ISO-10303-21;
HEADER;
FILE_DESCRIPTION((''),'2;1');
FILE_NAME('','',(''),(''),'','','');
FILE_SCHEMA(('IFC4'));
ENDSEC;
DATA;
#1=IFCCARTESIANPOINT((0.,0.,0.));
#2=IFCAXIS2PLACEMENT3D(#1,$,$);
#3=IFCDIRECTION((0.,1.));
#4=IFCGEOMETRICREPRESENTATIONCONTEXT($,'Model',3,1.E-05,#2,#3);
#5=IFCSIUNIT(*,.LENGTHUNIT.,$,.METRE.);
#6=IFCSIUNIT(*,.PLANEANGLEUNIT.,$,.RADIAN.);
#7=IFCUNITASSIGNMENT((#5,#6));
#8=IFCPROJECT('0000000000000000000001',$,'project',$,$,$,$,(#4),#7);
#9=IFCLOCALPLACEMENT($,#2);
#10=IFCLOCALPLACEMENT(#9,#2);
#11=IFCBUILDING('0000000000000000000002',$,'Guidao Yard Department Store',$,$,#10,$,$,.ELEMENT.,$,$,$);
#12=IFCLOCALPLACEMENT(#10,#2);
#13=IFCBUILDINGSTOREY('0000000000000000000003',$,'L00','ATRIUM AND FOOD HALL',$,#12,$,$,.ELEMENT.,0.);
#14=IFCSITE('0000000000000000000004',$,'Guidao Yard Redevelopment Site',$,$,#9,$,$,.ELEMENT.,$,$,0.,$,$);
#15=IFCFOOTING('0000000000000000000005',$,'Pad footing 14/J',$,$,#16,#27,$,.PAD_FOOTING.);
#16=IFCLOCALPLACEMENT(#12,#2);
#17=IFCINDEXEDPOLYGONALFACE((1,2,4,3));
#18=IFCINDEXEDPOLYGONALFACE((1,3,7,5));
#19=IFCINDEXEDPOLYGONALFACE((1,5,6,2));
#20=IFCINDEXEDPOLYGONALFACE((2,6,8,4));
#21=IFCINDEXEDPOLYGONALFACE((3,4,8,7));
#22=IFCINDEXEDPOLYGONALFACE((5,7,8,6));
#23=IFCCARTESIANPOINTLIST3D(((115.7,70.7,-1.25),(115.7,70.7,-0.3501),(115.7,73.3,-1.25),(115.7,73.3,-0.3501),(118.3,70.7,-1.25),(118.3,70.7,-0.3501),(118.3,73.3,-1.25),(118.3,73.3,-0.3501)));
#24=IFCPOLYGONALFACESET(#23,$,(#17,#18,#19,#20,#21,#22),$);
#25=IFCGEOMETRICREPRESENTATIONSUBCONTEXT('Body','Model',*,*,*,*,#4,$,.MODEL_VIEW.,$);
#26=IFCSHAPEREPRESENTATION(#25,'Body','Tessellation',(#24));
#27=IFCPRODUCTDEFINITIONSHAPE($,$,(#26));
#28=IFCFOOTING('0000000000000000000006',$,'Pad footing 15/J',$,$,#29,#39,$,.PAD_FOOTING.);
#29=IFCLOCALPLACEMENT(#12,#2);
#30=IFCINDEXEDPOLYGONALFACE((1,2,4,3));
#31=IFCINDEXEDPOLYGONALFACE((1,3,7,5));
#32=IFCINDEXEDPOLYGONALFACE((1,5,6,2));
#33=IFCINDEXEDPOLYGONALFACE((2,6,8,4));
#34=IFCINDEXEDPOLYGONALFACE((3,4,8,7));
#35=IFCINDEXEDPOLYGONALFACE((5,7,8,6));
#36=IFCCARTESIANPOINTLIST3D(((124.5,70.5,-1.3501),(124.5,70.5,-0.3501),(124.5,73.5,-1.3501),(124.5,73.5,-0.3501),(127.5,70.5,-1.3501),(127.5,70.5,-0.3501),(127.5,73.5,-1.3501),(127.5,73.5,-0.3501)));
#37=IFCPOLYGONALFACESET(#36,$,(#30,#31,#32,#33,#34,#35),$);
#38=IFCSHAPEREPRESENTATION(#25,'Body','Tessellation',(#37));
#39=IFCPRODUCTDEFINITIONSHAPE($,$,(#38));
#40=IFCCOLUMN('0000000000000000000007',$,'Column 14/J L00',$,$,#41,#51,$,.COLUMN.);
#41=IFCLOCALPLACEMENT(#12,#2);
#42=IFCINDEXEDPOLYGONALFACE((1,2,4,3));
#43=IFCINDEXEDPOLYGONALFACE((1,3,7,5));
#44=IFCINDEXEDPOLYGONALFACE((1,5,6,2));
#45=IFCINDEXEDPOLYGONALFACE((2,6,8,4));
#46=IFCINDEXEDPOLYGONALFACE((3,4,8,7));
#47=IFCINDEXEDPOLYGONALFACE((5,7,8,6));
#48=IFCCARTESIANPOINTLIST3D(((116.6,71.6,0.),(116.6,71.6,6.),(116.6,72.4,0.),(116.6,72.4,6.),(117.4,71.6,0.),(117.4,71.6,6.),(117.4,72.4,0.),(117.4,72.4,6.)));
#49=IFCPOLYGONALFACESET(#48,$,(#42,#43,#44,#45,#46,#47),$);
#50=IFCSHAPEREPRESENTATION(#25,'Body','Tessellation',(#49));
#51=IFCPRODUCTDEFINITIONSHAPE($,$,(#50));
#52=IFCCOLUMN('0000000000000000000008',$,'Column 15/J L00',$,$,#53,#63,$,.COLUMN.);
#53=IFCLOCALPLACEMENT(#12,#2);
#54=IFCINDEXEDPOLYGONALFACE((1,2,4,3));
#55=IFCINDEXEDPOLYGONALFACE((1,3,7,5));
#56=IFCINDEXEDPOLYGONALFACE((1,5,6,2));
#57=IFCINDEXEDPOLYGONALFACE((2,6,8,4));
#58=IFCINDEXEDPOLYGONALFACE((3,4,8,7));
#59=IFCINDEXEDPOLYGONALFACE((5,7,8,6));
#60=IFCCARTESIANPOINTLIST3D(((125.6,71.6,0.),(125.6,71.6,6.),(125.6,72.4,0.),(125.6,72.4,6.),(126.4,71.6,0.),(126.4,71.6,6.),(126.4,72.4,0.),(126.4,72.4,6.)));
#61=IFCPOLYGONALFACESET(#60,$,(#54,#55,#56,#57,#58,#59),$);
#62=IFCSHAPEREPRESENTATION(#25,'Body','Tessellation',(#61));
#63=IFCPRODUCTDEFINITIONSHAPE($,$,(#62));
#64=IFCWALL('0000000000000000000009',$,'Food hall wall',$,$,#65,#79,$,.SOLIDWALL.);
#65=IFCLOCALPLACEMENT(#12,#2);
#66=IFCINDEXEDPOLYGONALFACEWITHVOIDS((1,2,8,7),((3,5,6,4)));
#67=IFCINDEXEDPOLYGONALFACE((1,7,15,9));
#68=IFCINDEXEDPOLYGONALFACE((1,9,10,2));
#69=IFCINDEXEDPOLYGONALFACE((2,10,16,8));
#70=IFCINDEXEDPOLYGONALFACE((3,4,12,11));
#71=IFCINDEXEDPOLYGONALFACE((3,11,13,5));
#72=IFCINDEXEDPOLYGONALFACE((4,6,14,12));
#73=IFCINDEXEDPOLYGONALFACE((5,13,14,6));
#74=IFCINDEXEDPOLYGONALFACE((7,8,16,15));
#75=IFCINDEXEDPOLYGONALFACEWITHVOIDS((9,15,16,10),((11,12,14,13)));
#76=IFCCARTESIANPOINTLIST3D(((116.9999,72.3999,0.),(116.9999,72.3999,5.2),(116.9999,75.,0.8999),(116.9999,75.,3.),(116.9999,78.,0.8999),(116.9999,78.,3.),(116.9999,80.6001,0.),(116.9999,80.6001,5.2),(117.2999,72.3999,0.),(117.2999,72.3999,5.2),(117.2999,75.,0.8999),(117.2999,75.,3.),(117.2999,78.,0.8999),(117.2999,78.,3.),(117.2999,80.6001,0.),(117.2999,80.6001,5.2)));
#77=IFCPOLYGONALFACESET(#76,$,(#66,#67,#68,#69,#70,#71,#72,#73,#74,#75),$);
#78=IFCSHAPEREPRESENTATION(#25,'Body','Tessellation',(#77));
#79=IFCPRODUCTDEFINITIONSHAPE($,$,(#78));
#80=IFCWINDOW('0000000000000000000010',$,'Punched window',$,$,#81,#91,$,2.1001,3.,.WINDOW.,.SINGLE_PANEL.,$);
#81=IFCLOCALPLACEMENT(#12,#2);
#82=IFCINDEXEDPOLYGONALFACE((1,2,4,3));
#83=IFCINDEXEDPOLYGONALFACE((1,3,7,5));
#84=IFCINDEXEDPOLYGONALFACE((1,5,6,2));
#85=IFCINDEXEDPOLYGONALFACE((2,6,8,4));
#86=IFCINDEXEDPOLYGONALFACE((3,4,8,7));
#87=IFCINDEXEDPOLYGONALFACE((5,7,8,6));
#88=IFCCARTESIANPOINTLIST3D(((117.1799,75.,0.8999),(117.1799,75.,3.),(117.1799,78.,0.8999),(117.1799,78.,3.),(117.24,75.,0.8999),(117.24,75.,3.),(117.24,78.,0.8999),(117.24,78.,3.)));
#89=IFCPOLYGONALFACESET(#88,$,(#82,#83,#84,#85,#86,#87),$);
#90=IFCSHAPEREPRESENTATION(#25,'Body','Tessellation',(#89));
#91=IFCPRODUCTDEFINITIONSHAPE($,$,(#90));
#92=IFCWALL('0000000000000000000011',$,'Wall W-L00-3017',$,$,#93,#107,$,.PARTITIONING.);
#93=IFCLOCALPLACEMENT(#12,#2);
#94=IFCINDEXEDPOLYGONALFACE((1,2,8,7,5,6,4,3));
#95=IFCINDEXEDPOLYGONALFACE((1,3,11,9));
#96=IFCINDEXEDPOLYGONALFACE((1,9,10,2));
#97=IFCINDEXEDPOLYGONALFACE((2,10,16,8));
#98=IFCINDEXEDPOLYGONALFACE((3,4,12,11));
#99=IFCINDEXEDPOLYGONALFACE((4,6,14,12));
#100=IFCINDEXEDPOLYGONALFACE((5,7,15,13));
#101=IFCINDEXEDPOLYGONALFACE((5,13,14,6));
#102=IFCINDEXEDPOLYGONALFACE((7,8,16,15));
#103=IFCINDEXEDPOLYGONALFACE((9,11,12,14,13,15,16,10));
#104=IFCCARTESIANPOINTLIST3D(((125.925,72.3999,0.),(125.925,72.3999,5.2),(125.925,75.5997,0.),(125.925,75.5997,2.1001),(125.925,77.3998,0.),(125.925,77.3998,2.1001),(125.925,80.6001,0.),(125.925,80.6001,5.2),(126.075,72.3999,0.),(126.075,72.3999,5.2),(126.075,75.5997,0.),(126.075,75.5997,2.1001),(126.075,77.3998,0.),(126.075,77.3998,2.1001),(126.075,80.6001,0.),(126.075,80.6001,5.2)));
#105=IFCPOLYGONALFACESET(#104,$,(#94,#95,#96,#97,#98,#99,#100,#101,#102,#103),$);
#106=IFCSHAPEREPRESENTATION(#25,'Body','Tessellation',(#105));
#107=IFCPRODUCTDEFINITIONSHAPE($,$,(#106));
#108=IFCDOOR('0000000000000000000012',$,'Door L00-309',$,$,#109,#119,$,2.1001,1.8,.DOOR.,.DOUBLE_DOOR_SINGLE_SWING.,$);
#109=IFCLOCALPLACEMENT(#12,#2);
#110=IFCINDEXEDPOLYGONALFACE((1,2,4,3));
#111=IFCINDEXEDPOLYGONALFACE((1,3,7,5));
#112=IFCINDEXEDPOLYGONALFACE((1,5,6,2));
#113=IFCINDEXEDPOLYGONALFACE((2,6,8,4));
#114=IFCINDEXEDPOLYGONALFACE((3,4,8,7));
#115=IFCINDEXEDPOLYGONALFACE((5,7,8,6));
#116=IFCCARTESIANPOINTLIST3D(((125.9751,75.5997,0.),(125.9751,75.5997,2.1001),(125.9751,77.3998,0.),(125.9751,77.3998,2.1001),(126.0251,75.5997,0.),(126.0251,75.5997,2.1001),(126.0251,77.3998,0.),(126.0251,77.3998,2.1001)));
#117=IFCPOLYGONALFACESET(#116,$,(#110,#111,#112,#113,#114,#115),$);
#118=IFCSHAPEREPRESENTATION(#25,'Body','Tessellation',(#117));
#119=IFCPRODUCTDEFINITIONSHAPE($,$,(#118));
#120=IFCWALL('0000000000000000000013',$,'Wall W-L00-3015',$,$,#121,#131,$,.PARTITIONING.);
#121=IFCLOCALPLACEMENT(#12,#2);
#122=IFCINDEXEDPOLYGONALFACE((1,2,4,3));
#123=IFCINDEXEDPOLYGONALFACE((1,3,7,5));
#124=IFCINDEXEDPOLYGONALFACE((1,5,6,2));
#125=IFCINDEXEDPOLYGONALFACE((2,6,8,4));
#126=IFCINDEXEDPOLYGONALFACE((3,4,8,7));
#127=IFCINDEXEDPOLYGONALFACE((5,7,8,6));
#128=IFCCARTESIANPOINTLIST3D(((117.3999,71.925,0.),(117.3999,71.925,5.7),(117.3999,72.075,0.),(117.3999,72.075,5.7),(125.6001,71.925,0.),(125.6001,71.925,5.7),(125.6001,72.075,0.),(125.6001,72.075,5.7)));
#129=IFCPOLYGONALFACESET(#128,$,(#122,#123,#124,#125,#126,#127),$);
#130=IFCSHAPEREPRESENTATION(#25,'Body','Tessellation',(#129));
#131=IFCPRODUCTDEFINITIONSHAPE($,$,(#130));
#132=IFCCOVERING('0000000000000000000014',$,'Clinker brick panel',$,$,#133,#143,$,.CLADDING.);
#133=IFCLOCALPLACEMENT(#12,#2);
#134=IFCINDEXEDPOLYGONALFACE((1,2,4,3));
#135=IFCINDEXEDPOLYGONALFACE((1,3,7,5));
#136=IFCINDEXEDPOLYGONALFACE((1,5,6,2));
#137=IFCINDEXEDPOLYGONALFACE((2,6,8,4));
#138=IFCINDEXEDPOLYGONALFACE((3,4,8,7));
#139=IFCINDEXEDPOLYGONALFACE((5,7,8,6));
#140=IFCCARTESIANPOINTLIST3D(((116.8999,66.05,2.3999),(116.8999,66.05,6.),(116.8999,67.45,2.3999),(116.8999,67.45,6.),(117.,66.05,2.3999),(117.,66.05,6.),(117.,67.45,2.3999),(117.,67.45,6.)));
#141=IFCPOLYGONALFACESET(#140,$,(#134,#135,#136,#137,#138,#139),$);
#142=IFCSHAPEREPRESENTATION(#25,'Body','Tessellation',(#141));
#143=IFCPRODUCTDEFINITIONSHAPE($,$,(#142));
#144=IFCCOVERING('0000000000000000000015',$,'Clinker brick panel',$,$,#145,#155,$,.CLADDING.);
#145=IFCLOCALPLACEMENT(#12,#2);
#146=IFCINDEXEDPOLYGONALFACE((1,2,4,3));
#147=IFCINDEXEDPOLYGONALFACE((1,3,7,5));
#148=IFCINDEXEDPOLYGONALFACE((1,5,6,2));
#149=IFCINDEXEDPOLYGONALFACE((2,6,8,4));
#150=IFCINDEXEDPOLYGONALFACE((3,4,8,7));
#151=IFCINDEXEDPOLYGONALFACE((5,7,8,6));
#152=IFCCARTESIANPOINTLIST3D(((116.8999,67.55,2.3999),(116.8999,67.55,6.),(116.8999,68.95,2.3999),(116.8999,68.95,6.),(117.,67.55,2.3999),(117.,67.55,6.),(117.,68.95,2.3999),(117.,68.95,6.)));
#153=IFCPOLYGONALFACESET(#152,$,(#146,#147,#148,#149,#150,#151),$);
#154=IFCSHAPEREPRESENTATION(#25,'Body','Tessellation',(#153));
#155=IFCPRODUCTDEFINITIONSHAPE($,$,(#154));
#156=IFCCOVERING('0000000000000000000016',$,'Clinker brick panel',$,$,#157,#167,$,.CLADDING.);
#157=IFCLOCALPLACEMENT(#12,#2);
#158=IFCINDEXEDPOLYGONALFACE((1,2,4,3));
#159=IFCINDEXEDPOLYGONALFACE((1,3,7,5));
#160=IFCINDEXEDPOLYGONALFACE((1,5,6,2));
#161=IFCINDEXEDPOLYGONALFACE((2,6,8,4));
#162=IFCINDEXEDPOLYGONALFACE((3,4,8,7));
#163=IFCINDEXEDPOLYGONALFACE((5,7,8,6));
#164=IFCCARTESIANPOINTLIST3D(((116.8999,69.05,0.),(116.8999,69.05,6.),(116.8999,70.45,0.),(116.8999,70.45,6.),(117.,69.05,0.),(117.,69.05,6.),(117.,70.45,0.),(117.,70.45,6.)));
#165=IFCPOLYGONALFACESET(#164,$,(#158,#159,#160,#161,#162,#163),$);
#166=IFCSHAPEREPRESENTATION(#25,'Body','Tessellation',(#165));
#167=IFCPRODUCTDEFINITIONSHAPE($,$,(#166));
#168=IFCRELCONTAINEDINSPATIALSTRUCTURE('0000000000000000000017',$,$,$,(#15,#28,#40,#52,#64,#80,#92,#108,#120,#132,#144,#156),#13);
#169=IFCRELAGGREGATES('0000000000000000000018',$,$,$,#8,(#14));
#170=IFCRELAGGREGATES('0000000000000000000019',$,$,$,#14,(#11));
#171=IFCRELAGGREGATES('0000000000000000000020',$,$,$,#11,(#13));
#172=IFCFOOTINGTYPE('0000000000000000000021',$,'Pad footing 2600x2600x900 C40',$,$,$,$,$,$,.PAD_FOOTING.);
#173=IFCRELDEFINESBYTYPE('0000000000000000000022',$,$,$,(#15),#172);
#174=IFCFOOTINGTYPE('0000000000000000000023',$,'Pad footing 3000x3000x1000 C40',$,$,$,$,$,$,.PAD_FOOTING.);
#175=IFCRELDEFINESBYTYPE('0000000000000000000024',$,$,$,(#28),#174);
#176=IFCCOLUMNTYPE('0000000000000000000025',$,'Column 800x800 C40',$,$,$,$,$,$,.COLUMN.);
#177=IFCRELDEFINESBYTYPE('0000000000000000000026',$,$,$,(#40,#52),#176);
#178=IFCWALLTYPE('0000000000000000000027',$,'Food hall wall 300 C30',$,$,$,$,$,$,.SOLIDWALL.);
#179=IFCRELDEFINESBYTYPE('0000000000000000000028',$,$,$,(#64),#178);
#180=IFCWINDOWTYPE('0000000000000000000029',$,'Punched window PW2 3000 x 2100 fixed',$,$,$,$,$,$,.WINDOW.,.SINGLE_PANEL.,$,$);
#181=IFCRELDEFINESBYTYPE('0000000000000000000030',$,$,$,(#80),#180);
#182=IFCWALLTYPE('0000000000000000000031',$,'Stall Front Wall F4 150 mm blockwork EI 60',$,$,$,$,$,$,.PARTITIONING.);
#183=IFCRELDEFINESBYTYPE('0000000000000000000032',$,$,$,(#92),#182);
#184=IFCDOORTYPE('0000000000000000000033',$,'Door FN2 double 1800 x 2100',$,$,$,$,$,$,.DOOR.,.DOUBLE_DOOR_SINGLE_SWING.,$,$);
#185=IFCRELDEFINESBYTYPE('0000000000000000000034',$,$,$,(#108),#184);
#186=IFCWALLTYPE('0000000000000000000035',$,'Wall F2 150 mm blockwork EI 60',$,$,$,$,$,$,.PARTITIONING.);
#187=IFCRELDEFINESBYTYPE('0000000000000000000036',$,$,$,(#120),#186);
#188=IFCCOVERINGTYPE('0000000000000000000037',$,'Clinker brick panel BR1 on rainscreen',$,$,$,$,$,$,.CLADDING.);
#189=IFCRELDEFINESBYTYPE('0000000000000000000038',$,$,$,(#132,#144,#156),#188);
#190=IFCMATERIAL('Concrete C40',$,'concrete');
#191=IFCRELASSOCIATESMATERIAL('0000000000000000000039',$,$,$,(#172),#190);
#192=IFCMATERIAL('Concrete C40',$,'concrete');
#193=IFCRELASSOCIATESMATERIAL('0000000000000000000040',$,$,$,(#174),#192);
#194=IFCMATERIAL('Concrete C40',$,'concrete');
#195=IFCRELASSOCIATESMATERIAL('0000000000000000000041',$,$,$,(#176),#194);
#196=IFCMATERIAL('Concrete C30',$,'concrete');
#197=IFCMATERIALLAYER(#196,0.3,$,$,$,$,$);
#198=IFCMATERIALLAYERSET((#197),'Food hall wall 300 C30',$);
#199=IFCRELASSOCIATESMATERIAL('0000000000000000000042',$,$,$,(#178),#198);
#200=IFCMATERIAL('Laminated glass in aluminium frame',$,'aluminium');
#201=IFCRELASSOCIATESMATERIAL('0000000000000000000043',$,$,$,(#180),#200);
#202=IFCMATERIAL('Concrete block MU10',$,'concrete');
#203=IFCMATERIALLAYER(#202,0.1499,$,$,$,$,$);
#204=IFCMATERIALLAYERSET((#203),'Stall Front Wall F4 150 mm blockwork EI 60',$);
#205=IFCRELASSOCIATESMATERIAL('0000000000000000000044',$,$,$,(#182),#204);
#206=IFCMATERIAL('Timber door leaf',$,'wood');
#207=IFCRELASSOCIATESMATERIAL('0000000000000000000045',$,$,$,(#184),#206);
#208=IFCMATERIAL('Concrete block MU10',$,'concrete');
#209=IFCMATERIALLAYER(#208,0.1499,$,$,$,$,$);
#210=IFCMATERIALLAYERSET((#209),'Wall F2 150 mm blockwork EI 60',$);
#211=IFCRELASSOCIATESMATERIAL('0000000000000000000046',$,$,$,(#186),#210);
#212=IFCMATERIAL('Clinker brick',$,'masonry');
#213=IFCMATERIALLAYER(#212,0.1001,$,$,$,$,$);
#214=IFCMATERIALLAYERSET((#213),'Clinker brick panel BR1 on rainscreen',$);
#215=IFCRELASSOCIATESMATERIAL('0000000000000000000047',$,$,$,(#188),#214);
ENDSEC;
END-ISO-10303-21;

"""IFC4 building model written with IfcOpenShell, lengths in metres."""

from ifc_helpers import new_model, si_unit, direction, frame, frame_2d, origin, origin_2d, place, context, subcontext, project, spatial, rectangle, extrude, material, layer, layer_set, material_profile, profile_set, type_object, element, fill, save


model = new_model("IFC4")

# Units and contexts
model_context = context("Model", 3, precision=1e-05, world=origin(), true_north=direction((0.0, 1.0)))
body_context = subcontext(model_context, "Body", "Model", "MODEL_VIEW")
ifc_project = project(units=[si_unit("LENGTHUNIT", "METRE"), si_unit("PLANEANGLEUNIT", "RADIAN")], contexts=[model_context])

# Site, building, storey
site_placement = place(None, origin())
site = spatial("IfcSite", under=ifc_project, at=site_placement, Name="Guidao Yard Redevelopment Site", CompositionType="ELEMENT", RefElevation=0.0)
building_placement = place(site_placement, origin())
building = spatial("IfcBuilding", under=site, at=building_placement, Name="Guidao Yard Department Store", CompositionType="ELEMENT")
storey_placement = place(building_placement, origin())
storey = spatial("IfcBuildingStorey", under=building, at=storey_placement, Name="L00", Description="ATRIUM AND FOOD HALL", CompositionType="ELEMENT", Elevation=0.0)

# Footings
ifc_material_1 = material(Name="Concrete C40", Category="concrete")
footing_type_1 = type_object("IfcFootingType", Name="Pad footing 2600x2600x900 C40", PredefinedType="PAD_FOOTING", material=ifc_material_1)
footing_1_placement = place(storey_placement, frame((117.0, 72.0, -1.25), z_axis=(0.0, 0.0, 1.0), x_axis=(1.0, 0.0, 0.0)))
element("IfcFooting", 1, at=footing_1_placement, inside=storey, type_object=footing_type_1, Name="Pad footing 14/J", PredefinedType="PAD_FOOTING", context=body_context, shape_type="SweptSolid", body=[
    extrude(rectangle(XDim=2.6001, YDim=2.6001, at=origin_2d()), origin(), (0.0, 0.0, 1.0), 0.8999),
])
ifc_material_2 = material(Name="Concrete C40", Category="concrete")
footing_type_2 = type_object("IfcFootingType", Name="Pad footing 3000x3000x1000 C40", PredefinedType="PAD_FOOTING", material=ifc_material_2)
footing_2_placement = place(storey_placement, frame((126.0, 72.0, -1.3501), z_axis=(0.0, 0.0, 1.0), x_axis=(1.0, 0.0, 0.0)))
element("IfcFooting", 2, at=footing_2_placement, inside=storey, type_object=footing_type_2, Name="Pad footing 15/J", PredefinedType="PAD_FOOTING", context=body_context, shape_type="SweptSolid", body=[
    extrude(rectangle(XDim=3.0, YDim=3.0, at=origin_2d()), origin(), (0.0, 0.0, 1.0), 1.0),
])

# Columns
ifc_material_3 = material(Name="Concrete C40", Category="concrete")
ifc_material_profile = material_profile(ifc_material_3, rectangle(XDim=0.8, YDim=0.8, at=origin_2d()), Name="COL 800x800")
ifc_profile_set = profile_set([ifc_material_profile], Name="Concrete C40")
column_type = type_object("IfcColumnType", Name="Column 800x800 C40", PredefinedType="COLUMN", material=ifc_profile_set)
for number, where, z_axis, x_axis, name in (
    (3, (117.0, 72.0, 0.0), (0.0, 0.0, 1.0), (1.0, 0.0, 0.0), "Column 14/J L00"),
    (4, (126.0, 72.0, 0.0), (0.0, 0.0, 1.0), (1.0, 0.0, 0.0), "Column 15/J L00"),
):
    element("IfcColumn", number, at=place(storey_placement, frame(where, z_axis=z_axis, x_axis=x_axis)), inside=storey, type_object=column_type, Name=name, PredefinedType="COLUMN", context=body_context, shape_type="SweptSolid", body=[
        extrude(rectangle(XDim=0.8, YDim=0.8, at=origin_2d()), origin(), (0.0, 0.0, 1.0), 6.0),
    ])

# Wall, opening, window
ifc_material_4 = material(Name="Concrete C30", Category="concrete")
ifc_layer_1 = layer(ifc_material_4, 0.3)
ifc_layer_set_1 = layer_set([ifc_layer_1], Name="Food hall wall 300 C30")
wall_type_1 = type_object("IfcWallType", Name="Food hall wall 300 C30", PredefinedType="SOLIDWALL", material=ifc_layer_set_1)
wall_1_placement = place(storey_placement, frame((117.1499, 72.3999, 0.0), z_axis=(0.0, 0.0, 1.0), x_axis=(0.0, 1.0, 0.0)))
wall_1 = element("IfcWall", 5, at=wall_1_placement, inside=storey, type_object=wall_type_1, Name="Food hall wall", PredefinedType="SOLIDWALL", context=body_context, shape_type="SweptSolid", body=[
    extrude(rectangle(XDim=8.2002, YDim=0.3, at=frame_2d((4.1001, 0.0))), origin(), (0.0, 0.0, 1.0), 5.2),
])
opening_1_placement = place(wall_1_placement, frame((2.6001, 0.0, 0.8999)))
opening_1 = element("IfcOpeningElement", 6, at=opening_1_placement, cuts=wall_1, PredefinedType="OPENING", context=body_context, shape_type="SweptSolid", body=[
    extrude(rectangle(XDim=3.0, YDim=2.1001, at=frame_2d((1.5, 1.05))), frame((0.0, 0.1599, 0.0), z_axis=(0.0, -1.0, 0.0), x_axis=(1.0, 0.0, 0.0)), (0.0, 0.0, 1.0), 0.3201),
])
ifc_material_5 = material(Name="Laminated glass in aluminium frame", Category="aluminium")
window_type = type_object("IfcWindowType", Name="Punched window PW2 3000 x 2100 fixed", PartitioningType="SINGLE_PANEL", PredefinedType="WINDOW", material=ifc_material_5)
window_placement = place(opening_1_placement, origin())
window = element("IfcWindow", 7, at=window_placement, inside=storey, type_object=window_type, Name="Punched window", OverallHeight=2.1001, OverallWidth=3.0, PartitioningType="SINGLE_PANEL", PredefinedType="WINDOW", context=body_context, shape_type="SweptSolid", body=[
    extrude(rectangle(XDim=3.0, YDim=2.1001, at=frame_2d((1.5, 1.05))), frame((0.0, -0.03, 0.0), z_axis=(0.0, -1.0, 0.0), x_axis=(1.0, 0.0, 0.0)), (0.0, 0.0, 1.0), 0.0601),
])
fill(opening_1, window)

# Wall, opening, door
ifc_material_6 = material(Name="Concrete block MU10", Category="concrete")
ifc_layer_2 = layer(ifc_material_6, 0.1499)
ifc_layer_set_2 = layer_set([ifc_layer_2], Name="Stall Front Wall F4 150 mm blockwork EI 60")
wall_type_2 = type_object("IfcWallType", Name="Stall Front Wall F4 150 mm blockwork EI 60", PredefinedType="PARTITIONING", material=ifc_layer_set_2)
wall_2_placement = place(storey_placement, frame((126.0, 72.3999, 0.0), z_axis=(0.0, 0.0, 1.0), x_axis=(0.0, 1.0, 0.0)))
wall_2 = element("IfcWall", 8, at=wall_2_placement, inside=storey, type_object=wall_type_2, Name="Wall W-L00-3017", PredefinedType="PARTITIONING", context=body_context, shape_type="SweptSolid", body=[
    extrude(rectangle(XDim=8.2002, YDim=0.1499, at=frame_2d((4.1001, 0.0))), origin(), (0.0, 0.0, 1.0), 5.2),
])
opening_2_placement = place(wall_2_placement, frame((3.2, 0.0, 0.0)))
opening_2 = element("IfcOpeningElement", 9, at=opening_2_placement, cuts=wall_2, PredefinedType="OPENING", context=body_context, shape_type="SweptSolid", body=[
    extrude(rectangle(XDim=1.8, YDim=2.1001, at=frame_2d((0.8999, 1.05))), frame((0.0, 0.085, 0.0), z_axis=(0.0, -1.0, 0.0), x_axis=(1.0, 0.0, 0.0)), (0.0, 0.0, 1.0), 0.1699),
])
ifc_material_7 = material(Name="Timber door leaf", Category="wood")
door_type = type_object("IfcDoorType", Name="Door FN2 double 1800 x 2100", OperationType="DOUBLE_DOOR_SINGLE_SWING", PredefinedType="DOOR", material=ifc_material_7)
door_placement = place(opening_2_placement, origin())
door = element("IfcDoor", 10, at=door_placement, inside=storey, type_object=door_type, Name="Door L00-309", OperationType="DOUBLE_DOOR_SINGLE_SWING", OverallHeight=2.1001, OverallWidth=1.8, PredefinedType="DOOR", context=body_context, shape_type="SweptSolid", body=[
    extrude(rectangle(XDim=1.8, YDim=2.1001, at=frame_2d((0.8999, 1.05))), frame((0.0, 0.0249, 0.0), z_axis=(0.0, -1.0, 0.0), x_axis=(1.0, 0.0, 0.0)), (0.0, 0.0, 1.0), 0.05),
])
fill(opening_2, door)

# Wall
ifc_material_8 = material(Name="Concrete block MU10", Category="concrete")
ifc_layer_3 = layer(ifc_material_8, 0.1499)
ifc_layer_set_3 = layer_set([ifc_layer_3], Name="Wall F2 150 mm blockwork EI 60")
wall_type_3 = type_object("IfcWallType", Name="Wall F2 150 mm blockwork EI 60", PredefinedType="PARTITIONING", material=ifc_layer_set_3)
wall_3_placement = place(storey_placement, frame((117.3999, 72.0, 0.0), z_axis=(0.0, 0.0, 1.0), x_axis=(1.0, 0.0, 0.0)))
element("IfcWall", 11, at=wall_3_placement, inside=storey, type_object=wall_type_3, Name="Wall W-L00-3015", PredefinedType="PARTITIONING", context=body_context, shape_type="SweptSolid", body=[
    extrude(rectangle(XDim=8.2002, YDim=0.1499, at=frame_2d((4.1001, 0.0))), origin(), (0.0, 0.0, 1.0), 5.7),
])

# Coverings
ifc_material_9 = material(Name="Clinker brick", Category="masonry")
ifc_layer_4 = layer(ifc_material_9, 0.1001)
ifc_layer_set_4 = layer_set([ifc_layer_4], Name="Clinker brick panel BR1 on rainscreen")
covering_type_1 = type_object("IfcCoveringType", Name="Clinker brick panel BR1 on rainscreen", PredefinedType="CLADDING", material=ifc_layer_set_4)
for number, where, z_axis, x_axis, name in (
    (12, (116.95, 66.75, 2.3999), (0.0, 0.0, 1.0), (0.0, 1.0, 0.0), "Clinker brick panel"),
    (13, (116.95, 68.25, 2.3999), (0.0, 0.0, 1.0), (0.0, 1.0, 0.0), "Clinker brick panel"),
):
    element("IfcCovering", number, at=place(storey_placement, frame(where, z_axis=z_axis, x_axis=x_axis)), inside=storey, type_object=covering_type_1, Name=name, PredefinedType="CLADDING", context=body_context, shape_type="SweptSolid", body=[
        extrude(rectangle(XDim=1.3999, YDim=0.1001, at=origin_2d()), origin(), (0.0, 0.0, 1.0), 3.6001),
    ])
covering_1_placement = place(storey_placement, frame((116.95, 69.75, 0.0), z_axis=(0.0, 0.0, 1.0), x_axis=(0.0, 1.0, 0.0)))
element("IfcCovering", 14, at=covering_1_placement, inside=storey, type_object=covering_type_1, Name="Clinker brick panel", PredefinedType="CLADDING", context=body_context, shape_type="SweptSolid", body=[
    extrude(rectangle(XDim=1.3999, YDim=0.1001, at=origin_2d()), origin(), (0.0, 0.0, 1.0), 6.0),
])

save(model, "model.ifc")
